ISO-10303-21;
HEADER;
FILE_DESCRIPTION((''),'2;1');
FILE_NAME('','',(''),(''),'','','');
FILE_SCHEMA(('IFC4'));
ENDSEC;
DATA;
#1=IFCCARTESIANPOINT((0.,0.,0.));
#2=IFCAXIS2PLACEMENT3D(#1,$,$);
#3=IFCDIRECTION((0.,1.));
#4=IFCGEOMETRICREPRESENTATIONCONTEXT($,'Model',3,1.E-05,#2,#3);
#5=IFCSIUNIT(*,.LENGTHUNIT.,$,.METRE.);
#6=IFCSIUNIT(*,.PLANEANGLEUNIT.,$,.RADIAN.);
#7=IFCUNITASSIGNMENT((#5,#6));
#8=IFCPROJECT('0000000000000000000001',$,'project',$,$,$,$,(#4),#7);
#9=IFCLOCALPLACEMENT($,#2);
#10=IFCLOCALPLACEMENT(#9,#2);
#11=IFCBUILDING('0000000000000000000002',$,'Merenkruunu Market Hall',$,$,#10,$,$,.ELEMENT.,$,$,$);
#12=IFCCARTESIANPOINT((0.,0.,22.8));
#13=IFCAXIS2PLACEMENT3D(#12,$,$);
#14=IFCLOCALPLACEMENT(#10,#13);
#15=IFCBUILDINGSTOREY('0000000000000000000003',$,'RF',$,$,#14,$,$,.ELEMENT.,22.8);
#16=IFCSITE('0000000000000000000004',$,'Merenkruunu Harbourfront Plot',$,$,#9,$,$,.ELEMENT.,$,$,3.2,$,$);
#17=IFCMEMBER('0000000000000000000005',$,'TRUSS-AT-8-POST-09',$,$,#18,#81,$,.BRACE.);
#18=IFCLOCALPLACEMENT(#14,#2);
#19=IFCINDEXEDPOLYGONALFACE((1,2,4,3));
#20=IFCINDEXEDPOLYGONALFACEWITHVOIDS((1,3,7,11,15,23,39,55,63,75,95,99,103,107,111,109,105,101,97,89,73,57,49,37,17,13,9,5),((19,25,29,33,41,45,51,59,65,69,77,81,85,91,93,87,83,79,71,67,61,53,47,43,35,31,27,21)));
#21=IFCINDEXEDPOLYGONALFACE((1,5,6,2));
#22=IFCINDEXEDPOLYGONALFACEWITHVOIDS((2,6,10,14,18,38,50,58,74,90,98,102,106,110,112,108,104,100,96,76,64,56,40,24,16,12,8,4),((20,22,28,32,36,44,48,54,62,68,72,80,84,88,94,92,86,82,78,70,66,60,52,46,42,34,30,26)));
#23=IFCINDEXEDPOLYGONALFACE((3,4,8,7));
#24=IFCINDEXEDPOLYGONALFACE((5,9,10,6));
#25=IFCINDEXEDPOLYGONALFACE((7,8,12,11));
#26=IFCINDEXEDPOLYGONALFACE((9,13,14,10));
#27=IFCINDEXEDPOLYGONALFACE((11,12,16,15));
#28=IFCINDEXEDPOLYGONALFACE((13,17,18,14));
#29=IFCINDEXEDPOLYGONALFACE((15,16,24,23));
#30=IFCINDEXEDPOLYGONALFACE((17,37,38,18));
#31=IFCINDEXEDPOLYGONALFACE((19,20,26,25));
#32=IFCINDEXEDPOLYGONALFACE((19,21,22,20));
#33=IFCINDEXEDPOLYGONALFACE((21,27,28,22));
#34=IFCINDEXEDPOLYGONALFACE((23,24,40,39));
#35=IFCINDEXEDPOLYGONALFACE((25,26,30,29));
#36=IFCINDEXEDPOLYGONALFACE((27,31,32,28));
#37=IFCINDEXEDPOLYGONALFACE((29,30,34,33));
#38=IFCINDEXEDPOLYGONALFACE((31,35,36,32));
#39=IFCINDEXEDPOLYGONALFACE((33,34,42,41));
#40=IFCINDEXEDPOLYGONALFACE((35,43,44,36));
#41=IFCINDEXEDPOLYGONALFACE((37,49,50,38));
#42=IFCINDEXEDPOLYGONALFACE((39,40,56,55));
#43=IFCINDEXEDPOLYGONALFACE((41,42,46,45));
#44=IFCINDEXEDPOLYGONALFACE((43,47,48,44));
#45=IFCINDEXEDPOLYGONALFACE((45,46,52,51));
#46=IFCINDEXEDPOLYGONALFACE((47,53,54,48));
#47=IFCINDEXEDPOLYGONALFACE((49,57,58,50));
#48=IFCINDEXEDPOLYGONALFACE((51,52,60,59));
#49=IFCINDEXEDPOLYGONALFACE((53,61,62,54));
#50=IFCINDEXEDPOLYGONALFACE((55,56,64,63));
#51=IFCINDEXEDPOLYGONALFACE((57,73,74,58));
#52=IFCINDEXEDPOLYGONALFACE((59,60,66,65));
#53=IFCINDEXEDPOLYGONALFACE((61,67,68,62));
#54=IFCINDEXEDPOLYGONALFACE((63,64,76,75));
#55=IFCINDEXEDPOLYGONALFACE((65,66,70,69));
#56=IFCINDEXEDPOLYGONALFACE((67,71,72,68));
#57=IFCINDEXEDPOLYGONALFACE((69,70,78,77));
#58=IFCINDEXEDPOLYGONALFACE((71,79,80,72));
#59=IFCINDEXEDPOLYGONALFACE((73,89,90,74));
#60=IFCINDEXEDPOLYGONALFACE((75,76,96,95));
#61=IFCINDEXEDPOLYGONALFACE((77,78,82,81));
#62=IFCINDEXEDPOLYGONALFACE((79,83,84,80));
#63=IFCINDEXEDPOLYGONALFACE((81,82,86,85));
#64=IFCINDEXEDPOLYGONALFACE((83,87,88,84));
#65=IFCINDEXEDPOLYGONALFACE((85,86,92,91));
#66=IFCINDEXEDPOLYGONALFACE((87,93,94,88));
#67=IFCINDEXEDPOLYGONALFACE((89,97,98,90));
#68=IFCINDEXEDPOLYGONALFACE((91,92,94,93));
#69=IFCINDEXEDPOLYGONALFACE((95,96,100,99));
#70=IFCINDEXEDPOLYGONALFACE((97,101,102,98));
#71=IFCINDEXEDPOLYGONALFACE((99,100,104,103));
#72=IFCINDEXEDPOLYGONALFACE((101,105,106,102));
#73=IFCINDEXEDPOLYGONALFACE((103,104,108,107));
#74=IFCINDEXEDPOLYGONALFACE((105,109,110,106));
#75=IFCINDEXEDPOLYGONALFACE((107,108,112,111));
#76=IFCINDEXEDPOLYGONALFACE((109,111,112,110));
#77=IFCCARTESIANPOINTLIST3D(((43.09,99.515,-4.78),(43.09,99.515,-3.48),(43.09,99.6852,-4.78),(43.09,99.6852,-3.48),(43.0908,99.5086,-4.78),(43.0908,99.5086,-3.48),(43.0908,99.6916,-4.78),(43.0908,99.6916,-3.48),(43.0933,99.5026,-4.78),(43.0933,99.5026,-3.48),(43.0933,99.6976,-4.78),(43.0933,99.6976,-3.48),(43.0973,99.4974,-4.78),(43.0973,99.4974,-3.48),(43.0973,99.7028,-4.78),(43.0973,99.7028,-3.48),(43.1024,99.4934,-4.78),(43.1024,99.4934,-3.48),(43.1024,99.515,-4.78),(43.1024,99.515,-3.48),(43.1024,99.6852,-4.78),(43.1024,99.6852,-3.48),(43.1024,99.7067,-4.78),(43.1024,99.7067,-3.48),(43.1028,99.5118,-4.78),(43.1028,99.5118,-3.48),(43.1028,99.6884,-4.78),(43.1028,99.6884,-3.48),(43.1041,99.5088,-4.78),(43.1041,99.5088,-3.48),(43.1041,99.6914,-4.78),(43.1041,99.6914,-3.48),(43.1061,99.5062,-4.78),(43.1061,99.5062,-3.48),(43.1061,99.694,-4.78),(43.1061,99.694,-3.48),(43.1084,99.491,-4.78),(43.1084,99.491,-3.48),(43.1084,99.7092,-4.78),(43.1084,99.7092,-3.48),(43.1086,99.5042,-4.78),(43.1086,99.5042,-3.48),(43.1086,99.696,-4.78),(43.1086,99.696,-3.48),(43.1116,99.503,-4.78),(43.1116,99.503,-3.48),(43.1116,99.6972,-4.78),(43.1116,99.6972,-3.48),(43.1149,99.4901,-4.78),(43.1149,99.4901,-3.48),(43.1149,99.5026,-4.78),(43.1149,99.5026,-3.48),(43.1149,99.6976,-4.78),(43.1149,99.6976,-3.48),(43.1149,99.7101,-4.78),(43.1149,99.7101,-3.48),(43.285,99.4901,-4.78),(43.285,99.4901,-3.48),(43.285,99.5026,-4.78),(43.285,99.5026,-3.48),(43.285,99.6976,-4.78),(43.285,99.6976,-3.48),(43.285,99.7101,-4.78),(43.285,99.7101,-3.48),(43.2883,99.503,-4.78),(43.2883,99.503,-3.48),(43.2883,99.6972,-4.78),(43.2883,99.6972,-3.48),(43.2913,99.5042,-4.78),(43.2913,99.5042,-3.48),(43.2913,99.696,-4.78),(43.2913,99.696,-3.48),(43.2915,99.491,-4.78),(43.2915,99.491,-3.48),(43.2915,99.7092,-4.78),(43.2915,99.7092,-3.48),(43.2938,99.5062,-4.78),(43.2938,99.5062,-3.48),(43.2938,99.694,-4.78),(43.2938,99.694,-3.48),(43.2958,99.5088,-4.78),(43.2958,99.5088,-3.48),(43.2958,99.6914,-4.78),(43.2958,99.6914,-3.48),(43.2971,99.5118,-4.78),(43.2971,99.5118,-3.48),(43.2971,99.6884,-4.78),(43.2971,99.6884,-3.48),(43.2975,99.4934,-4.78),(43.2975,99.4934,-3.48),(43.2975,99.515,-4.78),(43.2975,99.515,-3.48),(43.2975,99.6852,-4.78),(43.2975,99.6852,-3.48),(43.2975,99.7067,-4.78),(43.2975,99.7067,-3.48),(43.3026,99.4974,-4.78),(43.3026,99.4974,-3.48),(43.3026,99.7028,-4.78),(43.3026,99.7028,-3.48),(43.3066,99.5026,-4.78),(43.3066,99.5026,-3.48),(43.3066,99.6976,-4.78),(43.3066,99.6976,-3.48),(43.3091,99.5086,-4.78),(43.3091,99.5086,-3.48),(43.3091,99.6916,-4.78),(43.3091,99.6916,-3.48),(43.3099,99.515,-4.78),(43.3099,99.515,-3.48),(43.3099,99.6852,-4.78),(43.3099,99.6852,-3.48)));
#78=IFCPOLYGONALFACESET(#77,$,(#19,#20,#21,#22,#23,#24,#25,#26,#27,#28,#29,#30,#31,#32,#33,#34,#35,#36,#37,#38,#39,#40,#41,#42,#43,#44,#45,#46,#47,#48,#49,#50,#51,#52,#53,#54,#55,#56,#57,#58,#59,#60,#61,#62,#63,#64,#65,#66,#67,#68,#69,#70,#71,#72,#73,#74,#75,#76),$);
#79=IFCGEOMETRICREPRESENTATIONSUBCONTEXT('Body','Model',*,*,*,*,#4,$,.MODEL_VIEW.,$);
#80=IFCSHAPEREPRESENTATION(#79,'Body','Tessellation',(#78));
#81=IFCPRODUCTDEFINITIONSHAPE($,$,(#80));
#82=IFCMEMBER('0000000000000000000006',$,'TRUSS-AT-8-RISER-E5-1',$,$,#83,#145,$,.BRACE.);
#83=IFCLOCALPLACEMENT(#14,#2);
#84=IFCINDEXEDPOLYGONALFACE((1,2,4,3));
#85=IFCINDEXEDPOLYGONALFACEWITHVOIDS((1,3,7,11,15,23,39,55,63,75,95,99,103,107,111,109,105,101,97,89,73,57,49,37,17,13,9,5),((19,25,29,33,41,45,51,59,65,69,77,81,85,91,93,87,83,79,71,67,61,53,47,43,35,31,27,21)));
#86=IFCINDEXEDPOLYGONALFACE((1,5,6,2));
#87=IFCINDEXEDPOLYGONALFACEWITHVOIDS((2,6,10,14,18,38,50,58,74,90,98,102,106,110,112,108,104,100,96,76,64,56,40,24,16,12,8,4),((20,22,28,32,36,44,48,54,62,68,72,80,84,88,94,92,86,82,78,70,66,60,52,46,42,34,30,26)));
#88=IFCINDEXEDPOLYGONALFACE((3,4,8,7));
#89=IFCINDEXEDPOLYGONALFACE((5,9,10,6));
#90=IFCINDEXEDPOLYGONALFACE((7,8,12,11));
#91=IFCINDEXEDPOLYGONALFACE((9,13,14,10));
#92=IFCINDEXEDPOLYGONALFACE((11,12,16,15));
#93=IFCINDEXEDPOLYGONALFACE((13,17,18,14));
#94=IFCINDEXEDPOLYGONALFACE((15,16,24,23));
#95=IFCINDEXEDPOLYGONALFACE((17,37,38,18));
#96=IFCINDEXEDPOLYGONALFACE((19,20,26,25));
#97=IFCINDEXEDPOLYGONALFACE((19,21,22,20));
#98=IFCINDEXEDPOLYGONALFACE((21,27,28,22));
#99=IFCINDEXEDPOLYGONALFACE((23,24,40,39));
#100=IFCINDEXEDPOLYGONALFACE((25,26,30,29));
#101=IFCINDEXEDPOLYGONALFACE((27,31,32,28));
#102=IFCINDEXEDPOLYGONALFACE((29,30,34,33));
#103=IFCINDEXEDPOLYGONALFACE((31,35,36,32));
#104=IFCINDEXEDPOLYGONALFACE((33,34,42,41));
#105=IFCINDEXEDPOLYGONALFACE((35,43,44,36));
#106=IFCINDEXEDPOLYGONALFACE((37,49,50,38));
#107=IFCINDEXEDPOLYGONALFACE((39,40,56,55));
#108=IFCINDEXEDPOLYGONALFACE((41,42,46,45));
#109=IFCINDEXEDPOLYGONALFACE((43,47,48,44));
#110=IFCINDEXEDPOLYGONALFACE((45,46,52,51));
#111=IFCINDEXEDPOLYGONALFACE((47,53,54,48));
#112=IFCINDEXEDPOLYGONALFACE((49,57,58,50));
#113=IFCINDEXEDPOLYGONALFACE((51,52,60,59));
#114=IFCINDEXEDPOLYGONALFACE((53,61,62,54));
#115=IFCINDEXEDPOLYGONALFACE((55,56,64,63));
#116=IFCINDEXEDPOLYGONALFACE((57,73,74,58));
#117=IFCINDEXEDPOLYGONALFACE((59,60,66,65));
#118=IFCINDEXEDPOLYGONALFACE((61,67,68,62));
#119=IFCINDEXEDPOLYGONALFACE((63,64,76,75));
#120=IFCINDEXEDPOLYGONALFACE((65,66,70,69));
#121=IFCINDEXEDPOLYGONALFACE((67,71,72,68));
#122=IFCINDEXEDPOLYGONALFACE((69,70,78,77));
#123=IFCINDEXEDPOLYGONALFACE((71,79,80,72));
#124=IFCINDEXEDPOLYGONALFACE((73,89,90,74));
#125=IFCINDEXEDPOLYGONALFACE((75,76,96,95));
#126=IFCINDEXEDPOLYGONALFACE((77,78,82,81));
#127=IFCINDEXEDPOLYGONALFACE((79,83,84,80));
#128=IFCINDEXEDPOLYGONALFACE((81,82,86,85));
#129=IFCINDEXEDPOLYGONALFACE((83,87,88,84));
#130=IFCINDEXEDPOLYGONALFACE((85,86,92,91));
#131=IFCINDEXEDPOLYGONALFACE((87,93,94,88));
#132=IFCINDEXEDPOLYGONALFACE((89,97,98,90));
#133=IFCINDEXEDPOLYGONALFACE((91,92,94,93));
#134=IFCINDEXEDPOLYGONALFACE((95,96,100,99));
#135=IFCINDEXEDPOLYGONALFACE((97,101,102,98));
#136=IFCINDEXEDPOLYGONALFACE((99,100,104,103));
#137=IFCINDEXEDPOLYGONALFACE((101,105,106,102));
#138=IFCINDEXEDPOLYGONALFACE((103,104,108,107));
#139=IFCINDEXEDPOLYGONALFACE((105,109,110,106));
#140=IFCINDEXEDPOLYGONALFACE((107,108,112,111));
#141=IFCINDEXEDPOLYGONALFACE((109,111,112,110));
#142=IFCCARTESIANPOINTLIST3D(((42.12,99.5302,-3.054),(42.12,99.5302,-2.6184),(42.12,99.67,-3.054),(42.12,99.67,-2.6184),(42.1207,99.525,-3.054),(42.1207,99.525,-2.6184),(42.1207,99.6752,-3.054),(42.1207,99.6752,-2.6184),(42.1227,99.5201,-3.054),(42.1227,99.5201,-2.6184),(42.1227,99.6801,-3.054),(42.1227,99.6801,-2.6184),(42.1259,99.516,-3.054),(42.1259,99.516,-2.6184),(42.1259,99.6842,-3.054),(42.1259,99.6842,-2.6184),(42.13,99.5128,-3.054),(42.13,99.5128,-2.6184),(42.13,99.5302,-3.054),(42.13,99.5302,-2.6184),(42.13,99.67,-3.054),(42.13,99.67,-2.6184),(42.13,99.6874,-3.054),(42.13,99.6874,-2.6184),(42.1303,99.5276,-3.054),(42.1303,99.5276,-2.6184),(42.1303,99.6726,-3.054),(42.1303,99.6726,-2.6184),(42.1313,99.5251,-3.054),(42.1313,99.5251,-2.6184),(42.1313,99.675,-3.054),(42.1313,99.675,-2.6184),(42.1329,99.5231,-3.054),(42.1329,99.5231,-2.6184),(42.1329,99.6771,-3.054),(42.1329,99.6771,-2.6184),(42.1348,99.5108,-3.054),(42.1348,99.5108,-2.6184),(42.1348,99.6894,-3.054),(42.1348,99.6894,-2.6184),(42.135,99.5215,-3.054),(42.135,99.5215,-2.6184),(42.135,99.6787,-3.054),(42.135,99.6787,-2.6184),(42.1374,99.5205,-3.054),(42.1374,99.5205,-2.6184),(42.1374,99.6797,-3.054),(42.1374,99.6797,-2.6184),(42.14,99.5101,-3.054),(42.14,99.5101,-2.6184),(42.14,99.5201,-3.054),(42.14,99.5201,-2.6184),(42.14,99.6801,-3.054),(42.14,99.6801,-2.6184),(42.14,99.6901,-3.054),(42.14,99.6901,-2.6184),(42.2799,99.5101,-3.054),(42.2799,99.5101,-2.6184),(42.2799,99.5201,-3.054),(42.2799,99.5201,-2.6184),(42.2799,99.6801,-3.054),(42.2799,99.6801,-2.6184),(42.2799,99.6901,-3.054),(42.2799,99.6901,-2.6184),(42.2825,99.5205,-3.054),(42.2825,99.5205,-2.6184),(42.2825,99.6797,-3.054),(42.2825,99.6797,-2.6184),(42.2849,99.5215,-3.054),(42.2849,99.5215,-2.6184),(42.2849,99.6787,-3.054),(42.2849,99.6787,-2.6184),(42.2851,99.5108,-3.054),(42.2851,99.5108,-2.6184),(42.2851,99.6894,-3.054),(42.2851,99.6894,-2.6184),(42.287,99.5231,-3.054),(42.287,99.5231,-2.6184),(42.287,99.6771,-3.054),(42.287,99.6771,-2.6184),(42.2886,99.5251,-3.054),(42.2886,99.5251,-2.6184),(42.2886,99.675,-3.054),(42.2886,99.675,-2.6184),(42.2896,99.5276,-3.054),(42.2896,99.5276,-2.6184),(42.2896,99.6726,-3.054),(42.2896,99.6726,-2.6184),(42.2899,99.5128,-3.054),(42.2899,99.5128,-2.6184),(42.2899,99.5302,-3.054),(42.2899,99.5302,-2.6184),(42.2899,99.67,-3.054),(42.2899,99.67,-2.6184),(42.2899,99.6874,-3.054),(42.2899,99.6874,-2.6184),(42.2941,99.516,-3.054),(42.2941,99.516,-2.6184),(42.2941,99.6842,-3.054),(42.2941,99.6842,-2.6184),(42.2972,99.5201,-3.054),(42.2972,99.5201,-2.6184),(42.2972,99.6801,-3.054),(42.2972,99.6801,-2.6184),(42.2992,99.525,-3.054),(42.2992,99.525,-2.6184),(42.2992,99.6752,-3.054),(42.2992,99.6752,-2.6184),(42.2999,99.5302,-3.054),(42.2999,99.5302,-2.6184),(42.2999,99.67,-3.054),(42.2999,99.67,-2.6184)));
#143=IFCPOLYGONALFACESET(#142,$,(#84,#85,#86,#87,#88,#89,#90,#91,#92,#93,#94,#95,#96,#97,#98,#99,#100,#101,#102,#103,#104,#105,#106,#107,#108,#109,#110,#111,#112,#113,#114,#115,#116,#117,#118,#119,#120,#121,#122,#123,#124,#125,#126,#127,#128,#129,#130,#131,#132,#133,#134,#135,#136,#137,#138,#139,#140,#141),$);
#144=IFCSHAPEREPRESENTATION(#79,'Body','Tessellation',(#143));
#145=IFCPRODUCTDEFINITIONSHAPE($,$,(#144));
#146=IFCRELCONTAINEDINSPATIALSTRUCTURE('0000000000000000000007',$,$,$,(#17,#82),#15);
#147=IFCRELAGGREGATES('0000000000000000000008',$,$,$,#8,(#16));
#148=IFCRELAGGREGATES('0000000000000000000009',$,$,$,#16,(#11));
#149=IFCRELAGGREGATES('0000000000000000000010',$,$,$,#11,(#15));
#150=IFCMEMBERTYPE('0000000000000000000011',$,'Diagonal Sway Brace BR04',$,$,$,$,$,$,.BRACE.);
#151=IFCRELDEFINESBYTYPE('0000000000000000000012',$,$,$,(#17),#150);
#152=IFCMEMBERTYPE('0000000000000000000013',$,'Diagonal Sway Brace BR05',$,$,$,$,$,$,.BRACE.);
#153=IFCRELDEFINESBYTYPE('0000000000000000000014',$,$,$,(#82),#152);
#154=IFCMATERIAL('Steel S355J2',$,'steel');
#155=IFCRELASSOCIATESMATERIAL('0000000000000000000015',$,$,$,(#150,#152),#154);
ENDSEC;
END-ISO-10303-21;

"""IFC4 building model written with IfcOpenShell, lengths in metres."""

from ifc_helpers import new_model, si_unit, direction, frame, origin, origin_2d, place, context, subcontext, project, spatial, hollow_rectangle, extrude, material, material_profile, profile_set, type_object, element, save


model = new_model("IFC4")

# Units and contexts
model_context = context("Model", 3, precision=1e-05, world=origin(), true_north=direction((0.0, 1.0)))
body_context = subcontext(model_context, "Body", "Model", "MODEL_VIEW")
ifc_project = project(units=[si_unit("LENGTHUNIT", "METRE"), si_unit("PLANEANGLEUNIT", "RADIAN")], contexts=[model_context])

# Site, building, storey
site_placement = place(None, origin())
site = spatial("IfcSite", under=ifc_project, at=site_placement, Name="Merenkruunu Harbourfront Plot", CompositionType="ELEMENT", RefElevation=3.2)
building_placement = place(site_placement, origin())
building = spatial("IfcBuilding", under=site, at=building_placement, Name="Merenkruunu Market Hall", CompositionType="ELEMENT")
storey_placement = place(building_placement, frame((0.0, 0.0, 22.8)))
storey = spatial("IfcBuildingStorey", under=building, at=storey_placement, Name="RF", CompositionType="ELEMENT", Elevation=22.8)

# Members
ifc_material_1 = material(Name="Steel S355J2", Category="steel")
ifc_material_profile_1 = material_profile(ifc_material_1, hollow_rectangle(XDim=0.22, YDim=0.22, WallThickness=0.0125, InnerFilletRadius=0.0125, OuterFilletRadius=0.0249, at=origin_2d()), Name="SHS 220x220x12.5")
ifc_profile_set_1 = profile_set([ifc_material_profile_1], Name="Steel S355J2")
member_type_1 = type_object("IfcMemberType", Name="Diagonal Sway Brace BR04", PredefinedType="BRACE", material=ifc_profile_set_1)
member_1_placement = place(storey_placement, frame((43.2, 99.6001, -4.78), z_axis=(0.0, 0.0, 1.0), x_axis=(1.0, 0.0, 0.0)))
element("IfcMember", 1, at=member_1_placement, inside=storey, type_object=member_type_1, Name="TRUSS-AT-8-POST-09", PredefinedType="BRACE", context=body_context, shape_type="SweptSolid", body=[
    extrude(hollow_rectangle(XDim=0.22, YDim=0.22, WallThickness=0.0125, InnerFilletRadius=0.0125, OuterFilletRadius=0.0249, at=origin_2d()), origin(), (0.0, 0.0, 1.0), 1.3),
])
ifc_material_profile_2 = material_profile(ifc_material_1, hollow_rectangle(XDim=0.1799, YDim=0.1799, WallThickness=0.01, InnerFilletRadius=0.01, OuterFilletRadius=0.02, at=origin_2d()), Name="SHS 180x180x10")
ifc_profile_set_2 = profile_set([ifc_material_profile_2], Name="Steel S355J2")
member_type_2 = type_object("IfcMemberType", Name="Diagonal Sway Brace BR05", PredefinedType="BRACE", material=ifc_profile_set_2)
member_2_placement = place(storey_placement, frame((42.21, 99.6001, -3.054), z_axis=(0.0, 0.0, 1.0), x_axis=(1.0, 0.0, 0.0)))
element("IfcMember", 2, at=member_2_placement, inside=storey, type_object=member_type_2, Name="TRUSS-AT-8-RISER-E5-1", PredefinedType="BRACE", context=body_context, shape_type="SweptSolid", body=[
    extrude(hollow_rectangle(XDim=0.1799, YDim=0.1799, WallThickness=0.01, InnerFilletRadius=0.01, OuterFilletRadius=0.02, at=origin_2d()), origin(), (0.0, 0.0, 1.0), 0.4355),
])

save(model, "model.ifc")
